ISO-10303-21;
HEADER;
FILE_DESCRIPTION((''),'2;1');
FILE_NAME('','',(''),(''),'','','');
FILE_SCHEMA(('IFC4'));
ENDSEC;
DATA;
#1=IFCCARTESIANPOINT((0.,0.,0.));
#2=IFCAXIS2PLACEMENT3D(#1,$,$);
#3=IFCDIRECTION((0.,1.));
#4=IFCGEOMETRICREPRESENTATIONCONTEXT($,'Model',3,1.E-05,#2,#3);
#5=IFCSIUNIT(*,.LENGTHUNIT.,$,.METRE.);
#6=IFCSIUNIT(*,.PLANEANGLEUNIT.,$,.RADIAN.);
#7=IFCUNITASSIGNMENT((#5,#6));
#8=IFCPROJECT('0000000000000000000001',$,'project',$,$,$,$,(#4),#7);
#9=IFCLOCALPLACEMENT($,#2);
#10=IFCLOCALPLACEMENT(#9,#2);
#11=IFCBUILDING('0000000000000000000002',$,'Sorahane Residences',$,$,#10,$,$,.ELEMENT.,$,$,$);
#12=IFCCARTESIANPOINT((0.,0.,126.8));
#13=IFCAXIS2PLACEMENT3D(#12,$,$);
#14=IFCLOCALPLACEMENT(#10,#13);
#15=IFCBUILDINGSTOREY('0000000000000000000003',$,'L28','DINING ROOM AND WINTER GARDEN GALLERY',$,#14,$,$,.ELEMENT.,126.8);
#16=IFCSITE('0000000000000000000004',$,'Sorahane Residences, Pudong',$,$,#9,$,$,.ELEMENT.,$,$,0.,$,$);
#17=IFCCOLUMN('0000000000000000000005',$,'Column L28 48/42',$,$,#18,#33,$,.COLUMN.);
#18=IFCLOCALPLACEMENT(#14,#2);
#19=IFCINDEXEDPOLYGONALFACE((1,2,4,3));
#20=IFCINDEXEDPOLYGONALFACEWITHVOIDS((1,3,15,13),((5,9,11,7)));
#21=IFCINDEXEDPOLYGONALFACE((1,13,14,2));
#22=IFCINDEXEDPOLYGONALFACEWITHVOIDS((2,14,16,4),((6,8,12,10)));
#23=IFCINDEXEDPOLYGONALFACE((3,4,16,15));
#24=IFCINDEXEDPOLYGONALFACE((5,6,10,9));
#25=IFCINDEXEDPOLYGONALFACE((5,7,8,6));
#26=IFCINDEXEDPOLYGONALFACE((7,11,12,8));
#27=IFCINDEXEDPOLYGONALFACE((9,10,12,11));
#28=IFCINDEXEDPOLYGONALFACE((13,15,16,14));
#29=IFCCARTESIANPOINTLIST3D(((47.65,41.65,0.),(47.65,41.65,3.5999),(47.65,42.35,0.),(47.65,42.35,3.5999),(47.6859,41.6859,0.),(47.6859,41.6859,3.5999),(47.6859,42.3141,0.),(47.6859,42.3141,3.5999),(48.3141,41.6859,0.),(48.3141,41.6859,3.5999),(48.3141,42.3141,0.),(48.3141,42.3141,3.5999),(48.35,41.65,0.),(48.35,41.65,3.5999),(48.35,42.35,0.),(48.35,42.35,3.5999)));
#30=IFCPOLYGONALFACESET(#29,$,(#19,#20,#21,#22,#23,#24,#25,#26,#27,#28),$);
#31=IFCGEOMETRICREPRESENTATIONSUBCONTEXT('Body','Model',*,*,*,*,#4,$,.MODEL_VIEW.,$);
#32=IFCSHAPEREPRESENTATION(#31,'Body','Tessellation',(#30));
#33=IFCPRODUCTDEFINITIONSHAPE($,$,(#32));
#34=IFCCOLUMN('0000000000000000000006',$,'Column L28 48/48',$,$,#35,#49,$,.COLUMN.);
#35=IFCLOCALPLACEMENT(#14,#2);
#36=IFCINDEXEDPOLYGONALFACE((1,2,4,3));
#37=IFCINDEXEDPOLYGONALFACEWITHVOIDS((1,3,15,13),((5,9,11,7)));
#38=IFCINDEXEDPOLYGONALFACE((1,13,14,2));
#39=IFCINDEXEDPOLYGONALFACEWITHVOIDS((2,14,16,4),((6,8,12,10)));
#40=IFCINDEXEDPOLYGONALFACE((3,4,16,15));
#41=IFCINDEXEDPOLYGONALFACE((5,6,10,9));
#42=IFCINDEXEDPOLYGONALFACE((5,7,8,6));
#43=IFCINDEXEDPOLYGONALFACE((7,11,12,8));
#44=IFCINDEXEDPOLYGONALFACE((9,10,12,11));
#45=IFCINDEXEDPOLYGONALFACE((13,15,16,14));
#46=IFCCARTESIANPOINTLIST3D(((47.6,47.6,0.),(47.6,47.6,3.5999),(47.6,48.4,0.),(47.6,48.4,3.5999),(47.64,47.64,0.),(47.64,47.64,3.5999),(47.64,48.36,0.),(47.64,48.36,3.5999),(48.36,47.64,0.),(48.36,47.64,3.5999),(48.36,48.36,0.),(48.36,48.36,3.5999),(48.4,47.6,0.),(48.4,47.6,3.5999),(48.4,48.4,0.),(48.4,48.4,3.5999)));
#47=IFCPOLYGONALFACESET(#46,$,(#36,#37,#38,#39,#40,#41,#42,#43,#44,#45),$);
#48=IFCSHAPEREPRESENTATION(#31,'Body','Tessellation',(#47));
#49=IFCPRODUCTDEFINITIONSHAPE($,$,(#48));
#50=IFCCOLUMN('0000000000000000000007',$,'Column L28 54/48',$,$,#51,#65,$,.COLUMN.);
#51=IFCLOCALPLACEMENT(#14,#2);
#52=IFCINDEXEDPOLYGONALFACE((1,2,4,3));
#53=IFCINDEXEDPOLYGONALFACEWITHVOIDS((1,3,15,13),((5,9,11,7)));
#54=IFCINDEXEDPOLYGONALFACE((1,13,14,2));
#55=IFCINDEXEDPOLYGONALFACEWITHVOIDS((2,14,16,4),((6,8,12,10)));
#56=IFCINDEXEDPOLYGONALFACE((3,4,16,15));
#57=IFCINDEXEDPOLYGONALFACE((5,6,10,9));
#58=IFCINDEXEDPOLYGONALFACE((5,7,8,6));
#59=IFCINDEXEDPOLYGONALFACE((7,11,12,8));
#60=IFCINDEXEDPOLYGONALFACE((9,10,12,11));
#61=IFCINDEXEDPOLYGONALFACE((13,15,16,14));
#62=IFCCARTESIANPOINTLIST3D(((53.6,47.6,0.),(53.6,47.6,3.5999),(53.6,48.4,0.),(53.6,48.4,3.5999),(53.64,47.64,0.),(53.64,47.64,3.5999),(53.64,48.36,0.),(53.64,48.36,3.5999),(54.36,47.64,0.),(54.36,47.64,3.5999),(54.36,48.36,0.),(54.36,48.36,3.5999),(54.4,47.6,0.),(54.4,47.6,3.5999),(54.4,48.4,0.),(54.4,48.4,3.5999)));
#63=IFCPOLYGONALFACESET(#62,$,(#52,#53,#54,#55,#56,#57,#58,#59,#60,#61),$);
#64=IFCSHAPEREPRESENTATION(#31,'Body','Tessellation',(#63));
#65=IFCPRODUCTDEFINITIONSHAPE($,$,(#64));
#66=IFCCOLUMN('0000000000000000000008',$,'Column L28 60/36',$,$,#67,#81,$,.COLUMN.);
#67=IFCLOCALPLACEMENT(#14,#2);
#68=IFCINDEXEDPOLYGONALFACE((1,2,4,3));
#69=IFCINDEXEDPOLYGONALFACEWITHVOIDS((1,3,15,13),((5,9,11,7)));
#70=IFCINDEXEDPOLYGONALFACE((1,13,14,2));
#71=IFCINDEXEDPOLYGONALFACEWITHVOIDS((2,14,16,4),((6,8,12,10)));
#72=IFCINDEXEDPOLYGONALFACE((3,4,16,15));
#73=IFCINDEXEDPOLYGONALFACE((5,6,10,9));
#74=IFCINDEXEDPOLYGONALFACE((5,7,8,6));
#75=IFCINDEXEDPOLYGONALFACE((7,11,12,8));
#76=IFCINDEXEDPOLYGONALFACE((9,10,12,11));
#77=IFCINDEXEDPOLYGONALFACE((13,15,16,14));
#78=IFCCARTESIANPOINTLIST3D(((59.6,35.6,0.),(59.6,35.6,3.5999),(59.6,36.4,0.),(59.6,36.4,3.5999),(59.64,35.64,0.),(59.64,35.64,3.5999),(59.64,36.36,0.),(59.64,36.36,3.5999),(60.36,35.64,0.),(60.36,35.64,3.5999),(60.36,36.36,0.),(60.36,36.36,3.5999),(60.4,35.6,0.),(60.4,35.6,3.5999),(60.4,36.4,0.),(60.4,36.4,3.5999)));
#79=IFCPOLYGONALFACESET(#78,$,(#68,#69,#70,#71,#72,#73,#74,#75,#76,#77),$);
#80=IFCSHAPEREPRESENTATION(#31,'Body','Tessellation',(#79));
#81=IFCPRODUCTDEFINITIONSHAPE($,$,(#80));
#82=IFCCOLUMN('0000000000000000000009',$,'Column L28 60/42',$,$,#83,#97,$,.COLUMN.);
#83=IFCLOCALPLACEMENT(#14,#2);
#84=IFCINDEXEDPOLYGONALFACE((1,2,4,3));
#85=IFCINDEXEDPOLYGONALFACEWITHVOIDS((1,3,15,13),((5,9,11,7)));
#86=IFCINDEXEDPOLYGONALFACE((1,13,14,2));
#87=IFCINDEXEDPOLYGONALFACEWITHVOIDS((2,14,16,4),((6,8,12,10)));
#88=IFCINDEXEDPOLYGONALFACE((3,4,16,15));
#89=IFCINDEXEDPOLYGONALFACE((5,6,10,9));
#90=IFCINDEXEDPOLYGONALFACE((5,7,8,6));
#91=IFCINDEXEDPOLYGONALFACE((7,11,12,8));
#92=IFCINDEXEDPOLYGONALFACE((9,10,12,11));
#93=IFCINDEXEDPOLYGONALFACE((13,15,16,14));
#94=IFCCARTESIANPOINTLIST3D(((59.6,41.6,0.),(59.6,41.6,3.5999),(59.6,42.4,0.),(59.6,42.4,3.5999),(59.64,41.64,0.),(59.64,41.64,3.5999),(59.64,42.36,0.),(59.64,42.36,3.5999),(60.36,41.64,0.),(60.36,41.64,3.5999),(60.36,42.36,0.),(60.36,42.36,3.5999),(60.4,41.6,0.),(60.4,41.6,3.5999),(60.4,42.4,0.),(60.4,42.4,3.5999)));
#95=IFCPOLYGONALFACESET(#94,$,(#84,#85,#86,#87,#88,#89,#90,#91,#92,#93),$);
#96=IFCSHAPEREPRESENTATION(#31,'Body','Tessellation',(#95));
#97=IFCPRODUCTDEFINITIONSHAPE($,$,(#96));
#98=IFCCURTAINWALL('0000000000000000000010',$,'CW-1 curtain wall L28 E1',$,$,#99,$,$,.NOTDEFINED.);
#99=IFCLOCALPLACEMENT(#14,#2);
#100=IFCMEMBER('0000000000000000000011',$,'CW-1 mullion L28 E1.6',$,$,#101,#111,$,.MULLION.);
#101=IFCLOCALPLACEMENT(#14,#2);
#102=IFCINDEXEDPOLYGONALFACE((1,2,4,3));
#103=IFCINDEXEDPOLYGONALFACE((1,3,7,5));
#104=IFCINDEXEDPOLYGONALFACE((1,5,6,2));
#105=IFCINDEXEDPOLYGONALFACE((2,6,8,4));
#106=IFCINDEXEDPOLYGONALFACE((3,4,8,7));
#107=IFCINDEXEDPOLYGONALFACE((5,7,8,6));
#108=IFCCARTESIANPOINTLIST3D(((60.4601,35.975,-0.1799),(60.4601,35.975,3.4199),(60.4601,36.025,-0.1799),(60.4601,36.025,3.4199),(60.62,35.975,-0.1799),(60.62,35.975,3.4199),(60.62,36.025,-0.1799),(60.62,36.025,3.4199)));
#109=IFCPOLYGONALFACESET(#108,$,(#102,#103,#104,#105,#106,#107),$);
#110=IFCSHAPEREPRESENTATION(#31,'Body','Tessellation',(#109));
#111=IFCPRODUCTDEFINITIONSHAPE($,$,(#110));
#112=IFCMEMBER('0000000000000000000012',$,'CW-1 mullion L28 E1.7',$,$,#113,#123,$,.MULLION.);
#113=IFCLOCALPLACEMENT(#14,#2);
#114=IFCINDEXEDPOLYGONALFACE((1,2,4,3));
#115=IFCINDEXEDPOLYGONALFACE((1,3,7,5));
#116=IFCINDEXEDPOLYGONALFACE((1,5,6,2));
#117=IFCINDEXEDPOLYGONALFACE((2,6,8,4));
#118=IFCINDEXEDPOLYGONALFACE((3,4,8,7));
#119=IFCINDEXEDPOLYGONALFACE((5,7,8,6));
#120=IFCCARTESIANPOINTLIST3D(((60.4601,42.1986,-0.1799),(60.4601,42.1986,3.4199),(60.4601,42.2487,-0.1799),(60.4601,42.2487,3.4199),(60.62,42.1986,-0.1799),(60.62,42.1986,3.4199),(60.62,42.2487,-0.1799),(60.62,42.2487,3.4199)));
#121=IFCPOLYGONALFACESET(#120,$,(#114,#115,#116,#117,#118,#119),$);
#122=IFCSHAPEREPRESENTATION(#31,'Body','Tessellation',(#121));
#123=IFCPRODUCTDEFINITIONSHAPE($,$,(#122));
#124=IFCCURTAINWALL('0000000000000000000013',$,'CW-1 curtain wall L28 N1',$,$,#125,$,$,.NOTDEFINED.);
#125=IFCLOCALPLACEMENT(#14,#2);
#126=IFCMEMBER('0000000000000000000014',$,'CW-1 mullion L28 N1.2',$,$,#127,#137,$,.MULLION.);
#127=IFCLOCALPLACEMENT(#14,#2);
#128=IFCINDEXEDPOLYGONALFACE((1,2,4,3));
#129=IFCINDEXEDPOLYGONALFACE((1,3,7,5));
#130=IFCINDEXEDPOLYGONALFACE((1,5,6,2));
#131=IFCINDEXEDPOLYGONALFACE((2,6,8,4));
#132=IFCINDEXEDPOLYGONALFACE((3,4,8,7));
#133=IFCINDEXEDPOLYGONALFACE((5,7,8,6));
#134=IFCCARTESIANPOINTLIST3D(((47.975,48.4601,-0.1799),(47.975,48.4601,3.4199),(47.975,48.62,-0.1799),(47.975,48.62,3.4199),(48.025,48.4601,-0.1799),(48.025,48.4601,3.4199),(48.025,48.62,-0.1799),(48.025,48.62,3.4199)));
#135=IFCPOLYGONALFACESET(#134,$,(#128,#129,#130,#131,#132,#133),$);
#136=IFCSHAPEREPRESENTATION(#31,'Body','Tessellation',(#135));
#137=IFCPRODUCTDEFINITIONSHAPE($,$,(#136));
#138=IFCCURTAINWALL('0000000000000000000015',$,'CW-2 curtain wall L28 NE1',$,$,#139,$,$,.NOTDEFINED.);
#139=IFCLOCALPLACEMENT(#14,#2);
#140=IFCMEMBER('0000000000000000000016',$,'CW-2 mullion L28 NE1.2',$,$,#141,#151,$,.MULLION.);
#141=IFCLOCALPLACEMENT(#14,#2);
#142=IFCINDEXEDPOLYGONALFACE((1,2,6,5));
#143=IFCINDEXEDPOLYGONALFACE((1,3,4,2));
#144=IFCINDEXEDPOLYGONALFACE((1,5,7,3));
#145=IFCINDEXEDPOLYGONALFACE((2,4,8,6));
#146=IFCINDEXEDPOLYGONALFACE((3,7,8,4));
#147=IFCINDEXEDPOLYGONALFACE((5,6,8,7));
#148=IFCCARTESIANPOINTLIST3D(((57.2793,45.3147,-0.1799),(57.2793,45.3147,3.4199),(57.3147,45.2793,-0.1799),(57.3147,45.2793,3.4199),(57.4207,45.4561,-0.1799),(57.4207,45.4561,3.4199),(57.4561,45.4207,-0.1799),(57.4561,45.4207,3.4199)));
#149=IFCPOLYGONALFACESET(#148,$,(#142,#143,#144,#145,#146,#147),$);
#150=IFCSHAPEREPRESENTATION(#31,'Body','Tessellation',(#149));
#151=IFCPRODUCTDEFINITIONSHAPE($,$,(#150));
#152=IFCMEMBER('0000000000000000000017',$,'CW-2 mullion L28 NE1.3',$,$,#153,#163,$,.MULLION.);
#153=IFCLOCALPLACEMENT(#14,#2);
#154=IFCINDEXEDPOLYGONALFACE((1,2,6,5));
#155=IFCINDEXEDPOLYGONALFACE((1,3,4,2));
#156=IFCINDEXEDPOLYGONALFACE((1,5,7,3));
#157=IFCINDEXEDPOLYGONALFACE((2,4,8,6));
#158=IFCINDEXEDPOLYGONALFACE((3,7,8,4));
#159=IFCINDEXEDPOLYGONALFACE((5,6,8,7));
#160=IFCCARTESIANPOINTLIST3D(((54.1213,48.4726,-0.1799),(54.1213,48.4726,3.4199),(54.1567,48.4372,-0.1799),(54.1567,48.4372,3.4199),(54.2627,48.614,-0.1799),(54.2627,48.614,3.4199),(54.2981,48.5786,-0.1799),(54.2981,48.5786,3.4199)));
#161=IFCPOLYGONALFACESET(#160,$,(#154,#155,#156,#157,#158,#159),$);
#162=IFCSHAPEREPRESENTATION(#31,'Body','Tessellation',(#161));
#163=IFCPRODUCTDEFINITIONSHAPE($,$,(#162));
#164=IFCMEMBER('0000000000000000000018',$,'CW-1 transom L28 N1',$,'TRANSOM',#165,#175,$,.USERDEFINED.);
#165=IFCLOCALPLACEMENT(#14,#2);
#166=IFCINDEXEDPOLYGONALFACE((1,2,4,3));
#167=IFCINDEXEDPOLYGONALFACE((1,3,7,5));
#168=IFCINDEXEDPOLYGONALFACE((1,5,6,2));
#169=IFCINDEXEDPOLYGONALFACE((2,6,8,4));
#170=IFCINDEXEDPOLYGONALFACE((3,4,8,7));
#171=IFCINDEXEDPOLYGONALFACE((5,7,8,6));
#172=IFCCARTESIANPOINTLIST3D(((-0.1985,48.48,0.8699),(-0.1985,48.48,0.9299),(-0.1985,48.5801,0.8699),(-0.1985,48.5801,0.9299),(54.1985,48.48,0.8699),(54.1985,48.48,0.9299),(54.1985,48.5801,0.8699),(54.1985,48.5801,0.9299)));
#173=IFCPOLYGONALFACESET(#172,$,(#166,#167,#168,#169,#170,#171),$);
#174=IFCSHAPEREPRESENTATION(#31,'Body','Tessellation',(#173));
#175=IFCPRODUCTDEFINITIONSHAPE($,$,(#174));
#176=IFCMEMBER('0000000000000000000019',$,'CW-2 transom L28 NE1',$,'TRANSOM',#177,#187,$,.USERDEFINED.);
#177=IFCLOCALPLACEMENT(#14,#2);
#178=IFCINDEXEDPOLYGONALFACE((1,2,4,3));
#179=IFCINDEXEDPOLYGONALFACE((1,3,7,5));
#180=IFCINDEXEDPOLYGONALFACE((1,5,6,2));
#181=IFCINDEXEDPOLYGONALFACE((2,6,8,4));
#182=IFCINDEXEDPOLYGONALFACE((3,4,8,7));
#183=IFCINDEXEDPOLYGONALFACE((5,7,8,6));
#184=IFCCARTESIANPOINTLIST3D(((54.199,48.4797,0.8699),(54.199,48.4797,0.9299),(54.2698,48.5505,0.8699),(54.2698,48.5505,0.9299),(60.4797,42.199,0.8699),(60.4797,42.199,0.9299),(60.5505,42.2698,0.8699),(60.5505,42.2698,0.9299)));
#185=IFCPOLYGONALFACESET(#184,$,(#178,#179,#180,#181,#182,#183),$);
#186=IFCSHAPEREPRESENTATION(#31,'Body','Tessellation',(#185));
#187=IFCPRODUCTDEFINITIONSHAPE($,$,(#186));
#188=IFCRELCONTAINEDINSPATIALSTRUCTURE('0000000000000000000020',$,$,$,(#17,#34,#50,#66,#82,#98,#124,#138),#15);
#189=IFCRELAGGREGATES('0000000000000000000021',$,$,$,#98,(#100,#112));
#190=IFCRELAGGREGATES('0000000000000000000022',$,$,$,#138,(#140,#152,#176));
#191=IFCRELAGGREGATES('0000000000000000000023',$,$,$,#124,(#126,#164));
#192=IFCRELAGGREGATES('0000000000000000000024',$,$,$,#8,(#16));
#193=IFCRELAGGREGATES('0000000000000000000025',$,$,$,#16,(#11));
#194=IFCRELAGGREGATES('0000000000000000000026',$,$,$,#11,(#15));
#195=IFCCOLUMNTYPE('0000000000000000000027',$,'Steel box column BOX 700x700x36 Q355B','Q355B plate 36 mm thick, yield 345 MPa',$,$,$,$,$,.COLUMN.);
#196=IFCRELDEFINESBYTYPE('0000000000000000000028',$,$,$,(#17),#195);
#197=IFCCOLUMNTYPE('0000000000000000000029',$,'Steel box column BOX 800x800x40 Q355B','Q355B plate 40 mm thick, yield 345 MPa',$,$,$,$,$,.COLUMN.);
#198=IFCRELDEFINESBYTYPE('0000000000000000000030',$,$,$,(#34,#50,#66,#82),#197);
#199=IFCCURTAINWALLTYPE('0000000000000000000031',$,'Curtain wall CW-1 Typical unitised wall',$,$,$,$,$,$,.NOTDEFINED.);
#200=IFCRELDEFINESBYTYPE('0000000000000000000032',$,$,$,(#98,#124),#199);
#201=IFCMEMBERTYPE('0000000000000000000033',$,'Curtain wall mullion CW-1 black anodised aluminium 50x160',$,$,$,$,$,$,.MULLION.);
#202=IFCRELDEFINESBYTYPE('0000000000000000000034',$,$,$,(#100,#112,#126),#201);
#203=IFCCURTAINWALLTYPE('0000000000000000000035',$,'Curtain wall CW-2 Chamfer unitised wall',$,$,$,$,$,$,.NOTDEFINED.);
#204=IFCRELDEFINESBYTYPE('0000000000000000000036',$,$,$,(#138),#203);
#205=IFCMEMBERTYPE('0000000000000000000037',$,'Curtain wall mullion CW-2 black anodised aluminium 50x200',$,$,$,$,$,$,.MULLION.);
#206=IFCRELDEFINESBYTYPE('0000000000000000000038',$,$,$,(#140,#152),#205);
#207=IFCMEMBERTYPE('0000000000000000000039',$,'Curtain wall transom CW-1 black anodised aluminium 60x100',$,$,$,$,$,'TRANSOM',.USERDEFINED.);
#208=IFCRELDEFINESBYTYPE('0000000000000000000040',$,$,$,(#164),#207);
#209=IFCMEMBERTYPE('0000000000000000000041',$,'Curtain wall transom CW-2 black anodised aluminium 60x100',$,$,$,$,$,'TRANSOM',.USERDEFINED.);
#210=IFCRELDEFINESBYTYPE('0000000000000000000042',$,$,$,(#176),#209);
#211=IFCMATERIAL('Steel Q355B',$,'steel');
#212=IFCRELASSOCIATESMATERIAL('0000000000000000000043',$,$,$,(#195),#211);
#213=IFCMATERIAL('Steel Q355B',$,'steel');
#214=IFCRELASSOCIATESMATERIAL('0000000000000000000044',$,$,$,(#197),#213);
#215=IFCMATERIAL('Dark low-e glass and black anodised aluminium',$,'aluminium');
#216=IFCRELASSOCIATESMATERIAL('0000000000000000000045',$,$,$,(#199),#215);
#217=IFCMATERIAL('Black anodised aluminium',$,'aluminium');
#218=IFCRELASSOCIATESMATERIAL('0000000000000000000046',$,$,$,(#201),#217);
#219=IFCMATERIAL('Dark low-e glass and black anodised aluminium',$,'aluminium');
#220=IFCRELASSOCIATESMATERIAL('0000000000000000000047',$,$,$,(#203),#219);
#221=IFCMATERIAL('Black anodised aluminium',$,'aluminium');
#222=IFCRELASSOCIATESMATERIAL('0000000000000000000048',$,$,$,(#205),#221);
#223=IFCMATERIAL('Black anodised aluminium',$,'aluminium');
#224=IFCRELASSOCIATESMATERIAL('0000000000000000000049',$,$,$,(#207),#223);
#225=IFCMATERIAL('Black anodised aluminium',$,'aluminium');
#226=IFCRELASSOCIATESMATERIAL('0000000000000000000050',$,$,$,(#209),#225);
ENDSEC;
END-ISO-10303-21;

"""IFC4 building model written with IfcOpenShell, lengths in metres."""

from ifc_helpers import new_model, si_unit, direction, frame, origin, origin_2d, place, context, subcontext, project, spatial, rectangle, hollow_rectangle, extrude, material, material_profile, profile_set, type_object, element, aggregate, save


model = new_model("IFC4")

# Units and contexts
model_context = context("Model", 3, precision=1e-05, world=origin(), true_north=direction((0.0, 1.0)))
body_context = subcontext(model_context, "Body", "Model", "MODEL_VIEW")
ifc_project = project(units=[si_unit("LENGTHUNIT", "METRE"), si_unit("PLANEANGLEUNIT", "RADIAN")], contexts=[model_context])

# Site, building, storey
site_placement = place(None, origin())
site = spatial("IfcSite", under=ifc_project, at=site_placement, Name="Sorahane Residences, Pudong", CompositionType="ELEMENT", RefElevation=0.0)
building_placement = place(site_placement, origin())
building = spatial("IfcBuilding", under=site, at=building_placement, Name="Sorahane Residences", CompositionType="ELEMENT")
storey_placement = place(building_placement, frame((0.0, 0.0, 126.8)))
storey = spatial("IfcBuildingStorey", under=building, at=storey_placement, Name="L28", Description="DINING ROOM AND WINTER GARDEN GALLERY", CompositionType="ELEMENT", Elevation=126.8)

# Columns
ifc_material_1 = material(Name="Steel Q355B", Category="steel")
ifc_material_profile_1 = material_profile(ifc_material_1, hollow_rectangle(XDim=0.7, YDim=0.7, WallThickness=0.0359, at=origin_2d()), Name="BOX 700x700x36")
ifc_profile_set_1 = profile_set([ifc_material_profile_1], Name="Steel Q355B")
column_type_1 = type_object("IfcColumnType", Name="Steel box column BOX 700x700x36 Q355B", Description="Q355B plate 36 mm thick, yield 345 MPa", PredefinedType="COLUMN", material=ifc_profile_set_1)
column_placement = place(storey_placement, frame((48.0, 42.0, 0.0), z_axis=(0.0, 0.0, 1.0), x_axis=(1.0, 0.0, 0.0)))
element("IfcColumn", 1, at=column_placement, inside=storey, type_object=column_type_1, Name="Column L28 48/42", PredefinedType="COLUMN", context=body_context, shape_type="SweptSolid", body=[
    extrude(hollow_rectangle(XDim=0.7, YDim=0.7, WallThickness=0.0359, at=origin_2d()), origin(), (0.0, 0.0, 1.0), 3.5999),
])
ifc_material_2 = material(Name="Steel Q355B", Category="steel")
ifc_material_profile_2 = material_profile(ifc_material_2, hollow_rectangle(XDim=0.8, YDim=0.8, WallThickness=0.04, at=origin_2d()), Name="BOX 800x800x40")
ifc_profile_set_2 = profile_set([ifc_material_profile_2], Name="Steel Q355B")
column_type_2 = type_object("IfcColumnType", Name="Steel box column BOX 800x800x40 Q355B", Description="Q355B plate 40 mm thick, yield 345 MPa", PredefinedType="COLUMN", material=ifc_profile_set_2)
for number, where, z_axis, x_axis, name in (
    (2, (48.0, 48.0, 0.0), (0.0, 0.0, 1.0), (1.0, 0.0, 0.0), "Column L28 48/48"),
    (3, (54.0, 48.0, 0.0), (0.0, 0.0, 1.0), (1.0, 0.0, 0.0), "Column L28 54/48"),
    (4, (60.0, 36.0, 0.0), (0.0, 0.0, 1.0), (1.0, 0.0, 0.0), "Column L28 60/36"),
    (5, (60.0, 42.0, 0.0), (0.0, 0.0, 1.0), (1.0, 0.0, 0.0), "Column L28 60/42"),
):
    element("IfcColumn", number, at=place(storey_placement, frame(where, z_axis=z_axis, x_axis=x_axis)), inside=storey, type_object=column_type_2, Name=name, PredefinedType="COLUMN", context=body_context, shape_type="SweptSolid", body=[
        extrude(hollow_rectangle(XDim=0.8, YDim=0.8, WallThickness=0.04, at=origin_2d()), origin(), (0.0, 0.0, 1.0), 3.5999),
    ])

# Curtain wall, members
ifc_material_3 = material(Name="Dark low-e glass and black anodised aluminium", Category="aluminium")
curtain_wall_type_1 = type_object("IfcCurtainWallType", Name="Curtain wall CW-1 Typical unitised wall", PredefinedType="NOTDEFINED", material=ifc_material_3)
curtain_wall_1_placement = place(storey_placement, origin())
curtain_wall_1 = element("IfcCurtainWall", 6, at=curtain_wall_1_placement, inside=storey, type_object=curtain_wall_type_1, Name="CW-1 curtain wall L28 E1", PredefinedType="NOTDEFINED")
ifc_material_4 = material(Name="Black anodised aluminium", Category="aluminium")
ifc_material_profile_3 = material_profile(ifc_material_4, rectangle(XDim=0.1599, YDim=0.05, at=origin_2d()), Name="Curtain wall mullion CW-1 black anodised aluminium 50x160")
ifc_profile_set_3 = profile_set([ifc_material_profile_3], Name="Black anodised aluminium")
member_type_1 = type_object("IfcMemberType", Name="Curtain wall mullion CW-1 black anodised aluminium 50x160", PredefinedType="MULLION", material=ifc_profile_set_3)
member_1_placement = place(storey_placement, frame((60.54, 36.0, -0.1799), z_axis=(0.0, 0.0, 1.0), x_axis=(1.0, 0.0, 0.0)))
member_1 = element("IfcMember", 7, at=member_1_placement, type_object=member_type_1, Name="CW-1 mullion L28 E1.6", PredefinedType="MULLION", context=body_context, shape_type="SweptSolid", body=[
    extrude(rectangle(XDim=0.1599, YDim=0.05, at=origin_2d()), origin(), (0.0, 0.0, 1.0), 3.5999),
])
member_2_placement = place(storey_placement, frame((60.54, 42.2236, -0.1799), z_axis=(0.0, 0.0, 1.0), x_axis=(1.0, 0.0, 0.0)))
member_2 = element("IfcMember", 8, at=member_2_placement, type_object=member_type_1, Name="CW-1 mullion L28 E1.7", PredefinedType="MULLION", context=body_context, shape_type="SweptSolid", body=[
    extrude(rectangle(XDim=0.1599, YDim=0.05, at=origin_2d()), origin(), (0.0, 0.0, 1.0), 3.5999),
])

# Curtain wall, member
curtain_wall_2_placement = place(storey_placement, origin())
curtain_wall_2 = element("IfcCurtainWall", 9, at=curtain_wall_2_placement, inside=storey, type_object=curtain_wall_type_1, Name="CW-1 curtain wall L28 N1", PredefinedType="NOTDEFINED")
member_3_placement = place(storey_placement, frame((48.0, 48.54, -0.1799), z_axis=(0.0, 0.0, 1.0), x_axis=(0.0, 1.0, 0.0)))
member_3 = element("IfcMember", 10, at=member_3_placement, type_object=member_type_1, Name="CW-1 mullion L28 N1.2", PredefinedType="MULLION", context=body_context, shape_type="SweptSolid", body=[
    extrude(rectangle(XDim=0.1599, YDim=0.05, at=origin_2d()), origin(), (0.0, 0.0, 1.0), 3.5999),
])

# Curtain wall, members
ifc_material_5 = material(Name="Dark low-e glass and black anodised aluminium", Category="aluminium")
curtain_wall_type_2 = type_object("IfcCurtainWallType", Name="Curtain wall CW-2 Chamfer unitised wall", PredefinedType="NOTDEFINED", material=ifc_material_5)
curtain_wall_3_placement = place(storey_placement, origin())
curtain_wall_3 = element("IfcCurtainWall", 11, at=curtain_wall_3_placement, inside=storey, type_object=curtain_wall_type_2, Name="CW-2 curtain wall L28 NE1", PredefinedType="NOTDEFINED")
ifc_material_6 = material(Name="Black anodised aluminium", Category="aluminium")
ifc_material_profile_4 = material_profile(ifc_material_6, rectangle(XDim=0.2, YDim=0.05, at=origin_2d()), Name="Curtain wall mullion CW-2 black anodised aluminium 50x200")
ifc_profile_set_4 = profile_set([ifc_material_profile_4], Name="Black anodised aluminium")
member_type_2 = type_object("IfcMemberType", Name="Curtain wall mullion CW-2 black anodised aluminium 50x200", PredefinedType="MULLION", material=ifc_profile_set_4)
member_4_placement = place(storey_placement, frame((57.3677, 45.3677, -0.1799), z_axis=(0.0, 0.0, 1.0), x_axis=(0.707107, 0.707107, 0.0)))
member_4 = element("IfcMember", 12, at=member_4_placement, type_object=member_type_2, Name="CW-2 mullion L28 NE1.2", PredefinedType="MULLION", context=body_context, shape_type="SweptSolid", body=[
    extrude(rectangle(XDim=0.2, YDim=0.05, at=origin_2d()), origin(), (0.0, 0.0, 1.0), 3.5999),
])
member_5_placement = place(storey_placement, frame((54.2097, 48.5256, -0.1799), z_axis=(0.0, 0.0, 1.0), x_axis=(0.707107, 0.707107, 0.0)))
member_5 = element("IfcMember", 13, at=member_5_placement, type_object=member_type_2, Name="CW-2 mullion L28 NE1.3", PredefinedType="MULLION", context=body_context, shape_type="SweptSolid", body=[
    extrude(rectangle(XDim=0.2, YDim=0.05, at=origin_2d()), origin(), (0.0, 0.0, 1.0), 3.5999),
])

# Members
ifc_material_7 = material(Name="Black anodised aluminium", Category="aluminium")
ifc_material_profile_5 = material_profile(ifc_material_7, rectangle(XDim=0.1001, YDim=0.0601, at=origin_2d()), Name="Curtain wall transom CW-1 black anodised aluminium 60x100")
ifc_profile_set_5 = profile_set([ifc_material_profile_5], Name="Black anodised aluminium")
member_type_3 = type_object("IfcMemberType", Name="Curtain wall transom CW-1 black anodised aluminium 60x100", ElementType="TRANSOM", PredefinedType="USERDEFINED", material=ifc_profile_set_5)
member_6_placement = place(storey_placement, frame((54.1985, 48.53, 0.8999), z_axis=(-1.0, 0.0, 0.0), x_axis=(0.0, -1.0, 0.0)))
member_6 = element("IfcMember", 14, at=member_6_placement, type_object=member_type_3, Name="CW-1 transom L28 N1", ObjectType="TRANSOM", PredefinedType="USERDEFINED", context=body_context, shape_type="SweptSolid", body=[
    extrude(rectangle(XDim=0.1001, YDim=0.0601, at=origin_2d()), origin(), (0.0, 0.0, 1.0), 54.397),
])
ifc_material_8 = material(Name="Black anodised aluminium", Category="aluminium")
ifc_material_profile_6 = material_profile(ifc_material_8, rectangle(XDim=0.1001, YDim=0.0601, at=origin_2d()), Name="Curtain wall transom CW-2 black anodised aluminium 60x100")
ifc_profile_set_6 = profile_set([ifc_material_profile_6], Name="Black anodised aluminium")
member_type_4 = type_object("IfcMemberType", Name="Curtain wall transom CW-2 black anodised aluminium 60x100", ElementType="TRANSOM", PredefinedType="USERDEFINED", material=ifc_profile_set_6)
member_7_placement = place(storey_placement, frame((60.5151, 42.2344, 0.8999), z_axis=(-0.707107, 0.707107, 0.0), x_axis=(-0.707107, -0.707107, 0.0)))
member_7 = element("IfcMember", 15, at=member_7_placement, type_object=member_type_4, Name="CW-2 transom L28 NE1", ObjectType="TRANSOM", PredefinedType="USERDEFINED", context=body_context, shape_type="SweptSolid", body=[
    extrude(rectangle(XDim=0.1001, YDim=0.0601, at=origin_2d()), origin(), (0.0, 0.0, 1.0), 8.8823),
])

aggregate(curtain_wall_1, [member_1, member_2])
aggregate(curtain_wall_3, [member_4, member_5, member_7])
aggregate(curtain_wall_2, [member_3, member_6])

save(model, "model.ifc")
